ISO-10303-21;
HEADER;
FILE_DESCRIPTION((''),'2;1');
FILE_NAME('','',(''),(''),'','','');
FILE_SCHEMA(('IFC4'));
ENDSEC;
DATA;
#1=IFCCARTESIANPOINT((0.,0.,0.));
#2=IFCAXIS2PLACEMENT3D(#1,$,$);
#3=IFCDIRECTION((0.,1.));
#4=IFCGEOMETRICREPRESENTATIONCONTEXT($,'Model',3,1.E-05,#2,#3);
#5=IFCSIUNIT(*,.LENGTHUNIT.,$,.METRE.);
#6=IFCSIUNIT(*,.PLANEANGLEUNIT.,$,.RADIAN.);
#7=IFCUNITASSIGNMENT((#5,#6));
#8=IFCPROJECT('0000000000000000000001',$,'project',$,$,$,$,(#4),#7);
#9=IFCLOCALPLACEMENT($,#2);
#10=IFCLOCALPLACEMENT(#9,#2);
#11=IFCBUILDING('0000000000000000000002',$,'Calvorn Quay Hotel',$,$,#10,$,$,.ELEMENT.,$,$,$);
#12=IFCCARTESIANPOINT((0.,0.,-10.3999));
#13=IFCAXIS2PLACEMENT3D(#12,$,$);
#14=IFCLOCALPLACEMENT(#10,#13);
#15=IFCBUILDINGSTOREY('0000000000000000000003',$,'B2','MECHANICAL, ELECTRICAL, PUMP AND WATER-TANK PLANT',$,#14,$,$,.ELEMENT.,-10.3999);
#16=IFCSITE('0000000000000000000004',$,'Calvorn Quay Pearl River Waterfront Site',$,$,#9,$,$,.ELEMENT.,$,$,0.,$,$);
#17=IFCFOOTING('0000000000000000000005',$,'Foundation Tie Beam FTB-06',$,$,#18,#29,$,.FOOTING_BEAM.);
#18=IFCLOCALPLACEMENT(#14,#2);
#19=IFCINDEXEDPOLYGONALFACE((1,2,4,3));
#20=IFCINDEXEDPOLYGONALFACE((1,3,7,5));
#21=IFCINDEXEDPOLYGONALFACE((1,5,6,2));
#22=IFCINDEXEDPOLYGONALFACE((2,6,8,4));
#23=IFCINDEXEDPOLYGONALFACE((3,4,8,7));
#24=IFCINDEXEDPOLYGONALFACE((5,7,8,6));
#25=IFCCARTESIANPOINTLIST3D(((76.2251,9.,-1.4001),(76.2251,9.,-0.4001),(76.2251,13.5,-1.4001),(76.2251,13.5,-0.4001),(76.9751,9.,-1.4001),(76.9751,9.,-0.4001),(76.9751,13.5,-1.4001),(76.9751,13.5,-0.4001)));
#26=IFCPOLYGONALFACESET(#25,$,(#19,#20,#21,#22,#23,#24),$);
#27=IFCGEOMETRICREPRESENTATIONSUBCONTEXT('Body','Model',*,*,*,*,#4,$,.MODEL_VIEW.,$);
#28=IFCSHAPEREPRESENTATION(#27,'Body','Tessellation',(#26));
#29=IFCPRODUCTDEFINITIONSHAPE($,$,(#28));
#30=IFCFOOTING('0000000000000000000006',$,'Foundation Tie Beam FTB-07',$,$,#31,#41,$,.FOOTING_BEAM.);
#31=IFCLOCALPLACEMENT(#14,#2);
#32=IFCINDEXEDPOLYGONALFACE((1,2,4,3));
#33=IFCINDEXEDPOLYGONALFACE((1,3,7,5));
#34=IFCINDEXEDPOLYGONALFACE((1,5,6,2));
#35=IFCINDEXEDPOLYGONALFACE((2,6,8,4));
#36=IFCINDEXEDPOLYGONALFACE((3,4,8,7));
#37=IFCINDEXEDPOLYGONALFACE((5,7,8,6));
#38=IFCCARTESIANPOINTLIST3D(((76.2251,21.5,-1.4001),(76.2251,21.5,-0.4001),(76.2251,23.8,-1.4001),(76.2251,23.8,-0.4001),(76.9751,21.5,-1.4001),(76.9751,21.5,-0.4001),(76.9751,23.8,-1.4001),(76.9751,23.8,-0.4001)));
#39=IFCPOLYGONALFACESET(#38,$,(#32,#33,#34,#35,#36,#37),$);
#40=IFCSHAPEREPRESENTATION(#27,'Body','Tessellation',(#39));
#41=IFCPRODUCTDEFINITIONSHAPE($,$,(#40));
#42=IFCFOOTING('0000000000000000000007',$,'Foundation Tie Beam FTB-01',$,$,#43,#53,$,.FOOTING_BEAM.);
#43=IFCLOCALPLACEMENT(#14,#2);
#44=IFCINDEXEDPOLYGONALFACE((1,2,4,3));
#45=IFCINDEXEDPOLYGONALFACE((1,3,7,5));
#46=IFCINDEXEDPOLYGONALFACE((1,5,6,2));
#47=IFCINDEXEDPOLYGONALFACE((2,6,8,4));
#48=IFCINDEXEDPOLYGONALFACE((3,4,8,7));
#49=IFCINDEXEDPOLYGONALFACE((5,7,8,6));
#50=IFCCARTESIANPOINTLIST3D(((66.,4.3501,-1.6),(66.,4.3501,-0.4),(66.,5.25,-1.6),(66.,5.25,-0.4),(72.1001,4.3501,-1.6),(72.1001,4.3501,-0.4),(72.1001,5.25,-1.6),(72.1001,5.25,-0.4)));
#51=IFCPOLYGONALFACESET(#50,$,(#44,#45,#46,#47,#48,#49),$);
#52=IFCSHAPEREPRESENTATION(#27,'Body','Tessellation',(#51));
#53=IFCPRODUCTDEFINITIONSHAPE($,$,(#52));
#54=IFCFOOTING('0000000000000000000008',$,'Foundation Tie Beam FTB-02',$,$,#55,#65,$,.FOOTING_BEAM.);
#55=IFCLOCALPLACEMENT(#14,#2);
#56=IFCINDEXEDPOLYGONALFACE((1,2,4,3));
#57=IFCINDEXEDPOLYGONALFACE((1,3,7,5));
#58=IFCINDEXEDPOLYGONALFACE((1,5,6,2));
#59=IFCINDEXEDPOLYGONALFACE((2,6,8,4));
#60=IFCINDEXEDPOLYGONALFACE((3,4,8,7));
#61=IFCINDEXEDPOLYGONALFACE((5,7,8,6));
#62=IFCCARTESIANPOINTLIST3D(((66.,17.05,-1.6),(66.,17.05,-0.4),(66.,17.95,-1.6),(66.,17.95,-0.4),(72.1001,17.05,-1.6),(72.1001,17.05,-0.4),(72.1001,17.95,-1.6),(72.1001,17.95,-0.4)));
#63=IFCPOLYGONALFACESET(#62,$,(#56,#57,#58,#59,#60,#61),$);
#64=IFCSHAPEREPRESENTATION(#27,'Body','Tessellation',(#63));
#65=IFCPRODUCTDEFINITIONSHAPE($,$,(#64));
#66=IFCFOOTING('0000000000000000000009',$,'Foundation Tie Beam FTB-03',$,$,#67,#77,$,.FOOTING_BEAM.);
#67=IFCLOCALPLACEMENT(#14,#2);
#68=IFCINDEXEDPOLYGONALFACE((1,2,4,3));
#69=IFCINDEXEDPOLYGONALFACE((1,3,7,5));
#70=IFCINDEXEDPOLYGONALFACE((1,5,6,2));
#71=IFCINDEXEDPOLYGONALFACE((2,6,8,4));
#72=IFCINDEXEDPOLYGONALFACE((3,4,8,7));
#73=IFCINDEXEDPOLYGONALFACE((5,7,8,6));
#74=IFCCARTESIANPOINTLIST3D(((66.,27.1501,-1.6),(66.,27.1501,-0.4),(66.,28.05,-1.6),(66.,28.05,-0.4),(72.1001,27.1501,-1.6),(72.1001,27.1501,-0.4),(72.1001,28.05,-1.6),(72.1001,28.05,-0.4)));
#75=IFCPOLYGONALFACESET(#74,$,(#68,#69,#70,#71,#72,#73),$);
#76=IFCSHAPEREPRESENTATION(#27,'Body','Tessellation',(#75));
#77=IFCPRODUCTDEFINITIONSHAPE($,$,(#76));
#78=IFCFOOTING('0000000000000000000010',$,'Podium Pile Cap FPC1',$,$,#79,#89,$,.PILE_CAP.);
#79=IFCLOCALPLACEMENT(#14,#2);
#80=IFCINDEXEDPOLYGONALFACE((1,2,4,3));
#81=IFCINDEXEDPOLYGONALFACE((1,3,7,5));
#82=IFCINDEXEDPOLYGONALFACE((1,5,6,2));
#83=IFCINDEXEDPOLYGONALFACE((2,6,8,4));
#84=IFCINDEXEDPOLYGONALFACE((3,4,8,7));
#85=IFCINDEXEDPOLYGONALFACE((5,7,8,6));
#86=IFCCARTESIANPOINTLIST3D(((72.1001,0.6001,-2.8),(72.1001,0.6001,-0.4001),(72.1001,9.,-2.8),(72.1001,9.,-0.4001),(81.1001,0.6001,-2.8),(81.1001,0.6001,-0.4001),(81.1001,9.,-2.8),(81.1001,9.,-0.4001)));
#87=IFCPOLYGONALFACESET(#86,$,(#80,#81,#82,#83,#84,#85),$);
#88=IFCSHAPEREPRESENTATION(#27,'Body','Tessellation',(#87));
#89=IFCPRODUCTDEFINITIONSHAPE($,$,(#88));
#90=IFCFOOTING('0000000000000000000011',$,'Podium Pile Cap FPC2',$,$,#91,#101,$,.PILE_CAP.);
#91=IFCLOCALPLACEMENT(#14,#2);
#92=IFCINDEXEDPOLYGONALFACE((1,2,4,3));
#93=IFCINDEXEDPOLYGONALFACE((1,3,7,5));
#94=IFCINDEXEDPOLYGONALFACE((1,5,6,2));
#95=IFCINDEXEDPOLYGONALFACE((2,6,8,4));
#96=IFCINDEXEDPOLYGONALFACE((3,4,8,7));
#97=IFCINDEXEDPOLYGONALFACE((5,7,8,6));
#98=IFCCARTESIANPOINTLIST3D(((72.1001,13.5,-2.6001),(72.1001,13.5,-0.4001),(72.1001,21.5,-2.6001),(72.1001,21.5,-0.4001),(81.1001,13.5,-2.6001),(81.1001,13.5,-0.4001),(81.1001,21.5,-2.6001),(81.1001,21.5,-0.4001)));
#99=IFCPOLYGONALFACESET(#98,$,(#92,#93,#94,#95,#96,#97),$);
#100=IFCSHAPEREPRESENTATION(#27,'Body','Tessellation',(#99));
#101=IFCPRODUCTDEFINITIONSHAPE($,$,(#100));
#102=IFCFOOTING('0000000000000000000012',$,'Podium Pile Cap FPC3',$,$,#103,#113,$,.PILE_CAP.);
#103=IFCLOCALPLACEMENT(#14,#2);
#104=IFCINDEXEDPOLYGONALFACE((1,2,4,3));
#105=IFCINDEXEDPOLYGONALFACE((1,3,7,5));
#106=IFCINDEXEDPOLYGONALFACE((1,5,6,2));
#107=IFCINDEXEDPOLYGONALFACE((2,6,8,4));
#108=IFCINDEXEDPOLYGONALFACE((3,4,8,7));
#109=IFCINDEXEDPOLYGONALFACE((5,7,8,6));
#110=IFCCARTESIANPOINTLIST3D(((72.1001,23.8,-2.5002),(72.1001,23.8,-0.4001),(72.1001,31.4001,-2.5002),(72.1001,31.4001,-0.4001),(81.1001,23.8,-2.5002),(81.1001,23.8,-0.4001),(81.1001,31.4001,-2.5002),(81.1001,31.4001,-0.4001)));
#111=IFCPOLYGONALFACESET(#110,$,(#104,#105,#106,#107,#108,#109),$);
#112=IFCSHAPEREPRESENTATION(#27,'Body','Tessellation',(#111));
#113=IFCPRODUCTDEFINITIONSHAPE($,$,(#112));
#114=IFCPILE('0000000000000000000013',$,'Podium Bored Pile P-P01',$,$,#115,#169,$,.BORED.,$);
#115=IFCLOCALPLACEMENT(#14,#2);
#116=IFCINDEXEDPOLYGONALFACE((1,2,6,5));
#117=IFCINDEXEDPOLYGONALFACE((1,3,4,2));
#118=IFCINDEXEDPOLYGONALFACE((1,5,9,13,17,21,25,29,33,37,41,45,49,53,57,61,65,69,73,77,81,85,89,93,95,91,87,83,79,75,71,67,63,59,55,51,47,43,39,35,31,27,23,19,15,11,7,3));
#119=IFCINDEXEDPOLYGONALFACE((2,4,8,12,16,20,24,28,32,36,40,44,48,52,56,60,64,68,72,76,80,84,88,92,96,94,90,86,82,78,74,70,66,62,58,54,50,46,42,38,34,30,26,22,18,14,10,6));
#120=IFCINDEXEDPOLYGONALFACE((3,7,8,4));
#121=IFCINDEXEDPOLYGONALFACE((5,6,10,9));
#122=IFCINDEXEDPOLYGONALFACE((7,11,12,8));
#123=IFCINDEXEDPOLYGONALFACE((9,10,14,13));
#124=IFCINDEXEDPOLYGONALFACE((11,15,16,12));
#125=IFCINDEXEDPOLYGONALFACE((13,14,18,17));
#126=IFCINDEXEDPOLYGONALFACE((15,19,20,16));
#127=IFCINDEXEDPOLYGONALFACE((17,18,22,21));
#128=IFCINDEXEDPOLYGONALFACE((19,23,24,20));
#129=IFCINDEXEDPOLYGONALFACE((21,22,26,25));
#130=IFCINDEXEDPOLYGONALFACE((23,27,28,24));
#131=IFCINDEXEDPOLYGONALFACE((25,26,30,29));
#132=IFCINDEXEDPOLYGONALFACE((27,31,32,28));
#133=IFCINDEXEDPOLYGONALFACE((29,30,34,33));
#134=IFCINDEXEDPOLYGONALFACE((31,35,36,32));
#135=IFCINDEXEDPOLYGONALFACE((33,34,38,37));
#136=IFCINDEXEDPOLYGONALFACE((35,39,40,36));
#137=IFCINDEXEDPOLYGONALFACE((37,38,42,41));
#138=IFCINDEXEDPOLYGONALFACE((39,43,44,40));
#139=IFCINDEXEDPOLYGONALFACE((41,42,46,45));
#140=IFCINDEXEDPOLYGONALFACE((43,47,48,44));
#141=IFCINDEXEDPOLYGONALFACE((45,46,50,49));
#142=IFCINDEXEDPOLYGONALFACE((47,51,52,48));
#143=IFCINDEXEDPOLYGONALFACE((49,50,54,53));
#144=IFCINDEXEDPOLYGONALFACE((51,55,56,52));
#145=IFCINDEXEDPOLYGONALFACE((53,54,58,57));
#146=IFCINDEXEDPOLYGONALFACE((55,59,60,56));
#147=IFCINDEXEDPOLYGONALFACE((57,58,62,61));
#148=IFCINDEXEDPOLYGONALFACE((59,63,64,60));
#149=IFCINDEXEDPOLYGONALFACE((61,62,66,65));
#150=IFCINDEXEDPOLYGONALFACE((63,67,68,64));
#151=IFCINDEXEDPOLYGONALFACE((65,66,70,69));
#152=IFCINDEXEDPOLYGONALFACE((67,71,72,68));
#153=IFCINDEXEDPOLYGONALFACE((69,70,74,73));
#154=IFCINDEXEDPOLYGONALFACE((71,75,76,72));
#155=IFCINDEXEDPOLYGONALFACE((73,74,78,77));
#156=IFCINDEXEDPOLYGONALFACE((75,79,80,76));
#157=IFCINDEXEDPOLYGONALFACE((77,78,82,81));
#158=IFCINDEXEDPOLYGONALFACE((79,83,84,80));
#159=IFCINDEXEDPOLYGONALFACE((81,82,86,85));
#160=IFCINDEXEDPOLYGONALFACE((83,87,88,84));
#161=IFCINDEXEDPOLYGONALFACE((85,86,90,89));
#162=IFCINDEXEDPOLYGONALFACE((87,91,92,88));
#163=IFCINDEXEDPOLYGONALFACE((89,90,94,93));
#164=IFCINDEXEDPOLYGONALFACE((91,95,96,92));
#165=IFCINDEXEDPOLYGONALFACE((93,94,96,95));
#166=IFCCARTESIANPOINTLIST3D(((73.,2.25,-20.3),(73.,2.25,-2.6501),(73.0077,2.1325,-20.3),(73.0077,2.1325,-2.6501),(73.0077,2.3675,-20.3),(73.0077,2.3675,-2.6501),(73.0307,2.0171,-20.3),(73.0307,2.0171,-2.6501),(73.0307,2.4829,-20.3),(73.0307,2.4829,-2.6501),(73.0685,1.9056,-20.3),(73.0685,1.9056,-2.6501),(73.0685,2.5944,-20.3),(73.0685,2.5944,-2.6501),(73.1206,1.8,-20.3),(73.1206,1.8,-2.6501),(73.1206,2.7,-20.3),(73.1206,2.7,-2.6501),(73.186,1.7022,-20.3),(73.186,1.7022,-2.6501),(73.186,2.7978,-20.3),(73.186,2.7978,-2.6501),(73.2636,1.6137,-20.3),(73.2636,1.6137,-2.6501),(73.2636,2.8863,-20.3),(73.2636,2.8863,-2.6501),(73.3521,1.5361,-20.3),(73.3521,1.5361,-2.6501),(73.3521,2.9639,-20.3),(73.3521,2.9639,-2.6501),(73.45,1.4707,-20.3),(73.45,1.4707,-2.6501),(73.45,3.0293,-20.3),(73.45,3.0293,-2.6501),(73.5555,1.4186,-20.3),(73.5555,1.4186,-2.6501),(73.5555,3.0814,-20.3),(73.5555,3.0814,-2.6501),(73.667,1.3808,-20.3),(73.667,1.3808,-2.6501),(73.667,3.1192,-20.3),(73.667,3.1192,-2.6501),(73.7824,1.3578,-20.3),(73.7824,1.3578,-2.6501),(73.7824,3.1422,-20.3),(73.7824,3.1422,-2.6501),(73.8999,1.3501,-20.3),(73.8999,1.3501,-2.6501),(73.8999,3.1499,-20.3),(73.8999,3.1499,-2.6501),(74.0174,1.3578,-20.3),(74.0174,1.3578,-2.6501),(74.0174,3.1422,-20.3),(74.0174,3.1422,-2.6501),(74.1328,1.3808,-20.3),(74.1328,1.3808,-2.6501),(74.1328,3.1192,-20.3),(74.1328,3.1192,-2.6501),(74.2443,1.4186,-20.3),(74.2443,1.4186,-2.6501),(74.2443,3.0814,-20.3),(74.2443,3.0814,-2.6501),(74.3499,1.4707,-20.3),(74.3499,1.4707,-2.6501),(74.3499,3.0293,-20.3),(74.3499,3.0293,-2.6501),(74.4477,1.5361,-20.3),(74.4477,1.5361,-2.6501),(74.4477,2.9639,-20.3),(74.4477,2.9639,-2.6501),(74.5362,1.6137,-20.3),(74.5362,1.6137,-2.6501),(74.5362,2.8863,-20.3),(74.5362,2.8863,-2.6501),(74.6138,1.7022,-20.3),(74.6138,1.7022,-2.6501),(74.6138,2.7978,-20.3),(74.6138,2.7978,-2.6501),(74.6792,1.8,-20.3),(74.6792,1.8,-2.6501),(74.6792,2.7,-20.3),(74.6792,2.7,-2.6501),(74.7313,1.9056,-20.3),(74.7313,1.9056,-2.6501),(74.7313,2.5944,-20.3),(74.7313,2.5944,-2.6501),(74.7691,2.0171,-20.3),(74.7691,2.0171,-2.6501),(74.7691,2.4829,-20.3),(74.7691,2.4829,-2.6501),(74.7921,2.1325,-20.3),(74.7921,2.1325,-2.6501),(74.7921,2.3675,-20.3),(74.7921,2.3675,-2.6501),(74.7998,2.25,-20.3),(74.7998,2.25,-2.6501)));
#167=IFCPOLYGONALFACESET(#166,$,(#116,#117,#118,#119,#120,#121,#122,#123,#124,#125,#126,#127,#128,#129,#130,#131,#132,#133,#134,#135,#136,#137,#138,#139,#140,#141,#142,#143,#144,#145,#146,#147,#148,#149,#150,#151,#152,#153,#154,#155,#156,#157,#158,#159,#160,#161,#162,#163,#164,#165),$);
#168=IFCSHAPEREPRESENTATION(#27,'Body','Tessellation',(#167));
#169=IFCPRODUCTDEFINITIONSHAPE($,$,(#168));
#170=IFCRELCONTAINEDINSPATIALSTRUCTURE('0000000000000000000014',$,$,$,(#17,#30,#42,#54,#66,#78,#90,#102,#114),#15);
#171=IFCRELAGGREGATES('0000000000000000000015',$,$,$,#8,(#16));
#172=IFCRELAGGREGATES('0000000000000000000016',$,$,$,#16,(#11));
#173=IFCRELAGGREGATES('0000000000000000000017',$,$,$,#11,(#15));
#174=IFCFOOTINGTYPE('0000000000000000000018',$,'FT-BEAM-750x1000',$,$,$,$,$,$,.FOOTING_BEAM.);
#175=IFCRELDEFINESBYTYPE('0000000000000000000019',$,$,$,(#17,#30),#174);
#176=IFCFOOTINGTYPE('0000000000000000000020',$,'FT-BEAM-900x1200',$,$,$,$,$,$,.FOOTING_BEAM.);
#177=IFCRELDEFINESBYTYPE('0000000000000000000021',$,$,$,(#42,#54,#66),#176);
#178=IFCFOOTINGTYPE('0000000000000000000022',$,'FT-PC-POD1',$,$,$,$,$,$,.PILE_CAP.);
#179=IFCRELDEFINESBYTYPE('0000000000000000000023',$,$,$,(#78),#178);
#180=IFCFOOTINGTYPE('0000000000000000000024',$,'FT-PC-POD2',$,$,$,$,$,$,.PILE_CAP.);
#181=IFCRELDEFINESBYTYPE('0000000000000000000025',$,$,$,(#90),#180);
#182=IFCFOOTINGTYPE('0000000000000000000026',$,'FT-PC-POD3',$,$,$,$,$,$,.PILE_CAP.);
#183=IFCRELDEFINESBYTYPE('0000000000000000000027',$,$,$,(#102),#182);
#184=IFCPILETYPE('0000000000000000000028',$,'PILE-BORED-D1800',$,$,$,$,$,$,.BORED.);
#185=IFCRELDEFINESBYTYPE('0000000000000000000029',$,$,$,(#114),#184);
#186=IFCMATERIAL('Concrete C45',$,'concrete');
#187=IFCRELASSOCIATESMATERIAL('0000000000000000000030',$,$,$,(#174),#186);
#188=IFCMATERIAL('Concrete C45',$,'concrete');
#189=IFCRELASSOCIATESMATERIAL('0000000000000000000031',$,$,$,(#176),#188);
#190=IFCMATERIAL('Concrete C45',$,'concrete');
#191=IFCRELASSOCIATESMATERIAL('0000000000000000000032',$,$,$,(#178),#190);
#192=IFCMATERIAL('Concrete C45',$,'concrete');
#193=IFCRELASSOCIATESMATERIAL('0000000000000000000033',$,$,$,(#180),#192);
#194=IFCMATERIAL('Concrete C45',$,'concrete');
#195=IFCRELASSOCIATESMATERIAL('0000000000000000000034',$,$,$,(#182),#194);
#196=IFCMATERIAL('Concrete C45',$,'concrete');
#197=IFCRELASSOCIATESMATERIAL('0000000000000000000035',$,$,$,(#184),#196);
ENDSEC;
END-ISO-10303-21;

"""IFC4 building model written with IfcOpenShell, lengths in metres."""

from ifc_helpers import new_model, si_unit, direction, frame, origin, origin_2d, place, context, subcontext, project, spatial, rectangle, circle, extrude, material, material_profile, profile_set, type_object, element, save


model = new_model("IFC4")

# Units and contexts
model_context = context("Model", 3, precision=1e-05, world=origin(), true_north=direction((0.0, 1.0)))
body_context = subcontext(model_context, "Body", "Model", "MODEL_VIEW")
ifc_project = project(units=[si_unit("LENGTHUNIT", "METRE"), si_unit("PLANEANGLEUNIT", "RADIAN")], contexts=[model_context])

# Site, building, storey
site_placement = place(None, origin())
site = spatial("IfcSite", under=ifc_project, at=site_placement, Name="Calvorn Quay Pearl River Waterfront Site", CompositionType="ELEMENT", RefElevation=0.0)
building_placement = place(site_placement, origin())
building = spatial("IfcBuilding", under=site, at=building_placement, Name="Calvorn Quay Hotel", CompositionType="ELEMENT")
storey_placement = place(building_placement, frame((0.0, 0.0, -10.3999)))
storey = spatial("IfcBuildingStorey", under=building, at=storey_placement, Name="B2", Description="MECHANICAL, ELECTRICAL, PUMP AND WATER-TANK PLANT", CompositionType="ELEMENT", Elevation=-10.3999)

# Footings
ifc_material_1 = material(Name="Concrete C45", Category="concrete")
ifc_material_profile_1 = material_profile(ifc_material_1, rectangle(XDim=0.75, YDim=1.0, at=origin_2d()), Name="FTB750x1000")
ifc_profile_set_1 = profile_set([ifc_material_profile_1], Name="Concrete C45")
footing_type_1 = type_object("IfcFootingType", Name="FT-BEAM-750x1000", PredefinedType="FOOTING_BEAM", material=ifc_profile_set_1)
footing_1_placement = place(storey_placement, frame((76.6001, 9.0, -0.9001), z_axis=(0.0, 1.0, 0.0), x_axis=(-1.0, 0.0, 0.0)))
element("IfcFooting", 1, at=footing_1_placement, inside=storey, type_object=footing_type_1, Name="Foundation Tie Beam FTB-06", PredefinedType="FOOTING_BEAM", context=body_context, shape_type="SweptSolid", body=[
    extrude(rectangle(XDim=0.75, YDim=1.0, at=origin_2d()), origin(), (0.0, 0.0, 1.0), 4.5),
])
footing_2_placement = place(storey_placement, frame((76.6001, 21.5, -0.9001), z_axis=(0.0, 1.0, 0.0), x_axis=(-1.0, 0.0, 0.0)))
element("IfcFooting", 2, at=footing_2_placement, inside=storey, type_object=footing_type_1, Name="Foundation Tie Beam FTB-07", PredefinedType="FOOTING_BEAM", context=body_context, shape_type="SweptSolid", body=[
    extrude(rectangle(XDim=0.75, YDim=1.0, at=origin_2d()), origin(), (0.0, 0.0, 1.0), 2.3),
])
ifc_material_2 = material(Name="Concrete C45", Category="concrete")
ifc_material_profile_2 = material_profile(ifc_material_2, rectangle(XDim=0.8999, YDim=1.2, at=origin_2d()), Name="FTB900x1200")
ifc_profile_set_2 = profile_set([ifc_material_profile_2], Name="Concrete C45")
footing_type_2 = type_object("IfcFootingType", Name="FT-BEAM-900x1200", PredefinedType="FOOTING_BEAM", material=ifc_profile_set_2)
for number, where, z_axis, x_axis, name in (
    (3, (66.0, 4.8, -1.0), (1.0, 0.0, 0.0), (0.0, 1.0, 0.0), "Foundation Tie Beam FTB-01"),
    (4, (66.0, 17.5, -1.0), (1.0, 0.0, 0.0), (0.0, 1.0, 0.0), "Foundation Tie Beam FTB-02"),
    (5, (66.0, 27.6001, -1.0), (1.0, 0.0, 0.0), (0.0, 1.0, 0.0), "Foundation Tie Beam FTB-03"),
):
    element("IfcFooting", number, at=place(storey_placement, frame(where, z_axis=z_axis, x_axis=x_axis)), inside=storey, type_object=footing_type_2, Name=name, PredefinedType="FOOTING_BEAM", context=body_context, shape_type="SweptSolid", body=[
        extrude(rectangle(XDim=0.8999, YDim=1.2, at=origin_2d()), origin(), (0.0, 0.0, 1.0), 6.1001),
    ])
ifc_material_3 = material(Name="Concrete C45", Category="concrete")
footing_type_3 = type_object("IfcFootingType", Name="FT-PC-POD1", PredefinedType="PILE_CAP", material=ifc_material_3)
footing_3_placement = place(storey_placement, frame((76.6001, 4.8, -2.8), z_axis=(0.0, 0.0, 1.0), x_axis=(1.0, 0.0, 0.0)))
element("IfcFooting", 6, at=footing_3_placement, inside=storey, type_object=footing_type_3, Name="Podium Pile Cap FPC1", PredefinedType="PILE_CAP", context=body_context, shape_type="SweptSolid", body=[
    extrude(rectangle(XDim=9.0, YDim=8.3999, at=origin_2d()), origin(), (0.0, 0.0, 1.0), 2.3999),
])
ifc_material_4 = material(Name="Concrete C45", Category="concrete")
footing_type_4 = type_object("IfcFootingType", Name="FT-PC-POD2", PredefinedType="PILE_CAP", material=ifc_material_4)
footing_4_placement = place(storey_placement, frame((76.6001, 17.5, -2.6001), z_axis=(0.0, 0.0, 1.0), x_axis=(1.0, 0.0, 0.0)))
element("IfcFooting", 7, at=footing_4_placement, inside=storey, type_object=footing_type_4, Name="Podium Pile Cap FPC2", PredefinedType="PILE_CAP", context=body_context, shape_type="SweptSolid", body=[
    extrude(rectangle(XDim=9.0, YDim=8.0, at=origin_2d()), origin(), (0.0, 0.0, 1.0), 2.2),
])
ifc_material_5 = material(Name="Concrete C45", Category="concrete")
footing_type_5 = type_object("IfcFootingType", Name="FT-PC-POD3", PredefinedType="PILE_CAP", material=ifc_material_5)
footing_5_placement = place(storey_placement, frame((76.6001, 27.6001, -2.5002), z_axis=(0.0, 0.0, 1.0), x_axis=(1.0, 0.0, 0.0)))
element("IfcFooting", 8, at=footing_5_placement, inside=storey, type_object=footing_type_5, Name="Podium Pile Cap FPC3", PredefinedType="PILE_CAP", context=body_context, shape_type="SweptSolid", body=[
    extrude(rectangle(XDim=9.0, YDim=7.6001, at=origin_2d()), origin(), (0.0, 0.0, 1.0), 2.1001),
])

# Pile
ifc_material_6 = material(Name="Concrete C45", Category="concrete")
ifc_material_profile_3 = material_profile(ifc_material_6, circle(Radius=0.8999, at=origin_2d()), Name="PILE-D1800")
ifc_profile_set_3 = profile_set([ifc_material_profile_3], Name="Concrete C45")
pile_type = type_object("IfcPileType", Name="PILE-BORED-D1800", PredefinedType="BORED", material=ifc_profile_set_3)
for number, where, z_axis, x_axis, name in (
    (9, (73.8999, 2.25, -2.6501), (0.0, 0.0, -1.0), (1.0, 0.0, 0.0), "Podium Bored Pile P-P01"),
):
    element("IfcPile", number, at=place(storey_placement, frame(where, z_axis=z_axis, x_axis=x_axis)), inside=storey, type_object=pile_type, Name=name, PredefinedType="BORED", context=body_context, shape_type="SweptSolid", body=[
        extrude(circle(Radius=0.8999, at=origin_2d()), origin(), (0.0, 0.0, 1.0), 17.6499),
    ])

save(model, "model.ifc")
